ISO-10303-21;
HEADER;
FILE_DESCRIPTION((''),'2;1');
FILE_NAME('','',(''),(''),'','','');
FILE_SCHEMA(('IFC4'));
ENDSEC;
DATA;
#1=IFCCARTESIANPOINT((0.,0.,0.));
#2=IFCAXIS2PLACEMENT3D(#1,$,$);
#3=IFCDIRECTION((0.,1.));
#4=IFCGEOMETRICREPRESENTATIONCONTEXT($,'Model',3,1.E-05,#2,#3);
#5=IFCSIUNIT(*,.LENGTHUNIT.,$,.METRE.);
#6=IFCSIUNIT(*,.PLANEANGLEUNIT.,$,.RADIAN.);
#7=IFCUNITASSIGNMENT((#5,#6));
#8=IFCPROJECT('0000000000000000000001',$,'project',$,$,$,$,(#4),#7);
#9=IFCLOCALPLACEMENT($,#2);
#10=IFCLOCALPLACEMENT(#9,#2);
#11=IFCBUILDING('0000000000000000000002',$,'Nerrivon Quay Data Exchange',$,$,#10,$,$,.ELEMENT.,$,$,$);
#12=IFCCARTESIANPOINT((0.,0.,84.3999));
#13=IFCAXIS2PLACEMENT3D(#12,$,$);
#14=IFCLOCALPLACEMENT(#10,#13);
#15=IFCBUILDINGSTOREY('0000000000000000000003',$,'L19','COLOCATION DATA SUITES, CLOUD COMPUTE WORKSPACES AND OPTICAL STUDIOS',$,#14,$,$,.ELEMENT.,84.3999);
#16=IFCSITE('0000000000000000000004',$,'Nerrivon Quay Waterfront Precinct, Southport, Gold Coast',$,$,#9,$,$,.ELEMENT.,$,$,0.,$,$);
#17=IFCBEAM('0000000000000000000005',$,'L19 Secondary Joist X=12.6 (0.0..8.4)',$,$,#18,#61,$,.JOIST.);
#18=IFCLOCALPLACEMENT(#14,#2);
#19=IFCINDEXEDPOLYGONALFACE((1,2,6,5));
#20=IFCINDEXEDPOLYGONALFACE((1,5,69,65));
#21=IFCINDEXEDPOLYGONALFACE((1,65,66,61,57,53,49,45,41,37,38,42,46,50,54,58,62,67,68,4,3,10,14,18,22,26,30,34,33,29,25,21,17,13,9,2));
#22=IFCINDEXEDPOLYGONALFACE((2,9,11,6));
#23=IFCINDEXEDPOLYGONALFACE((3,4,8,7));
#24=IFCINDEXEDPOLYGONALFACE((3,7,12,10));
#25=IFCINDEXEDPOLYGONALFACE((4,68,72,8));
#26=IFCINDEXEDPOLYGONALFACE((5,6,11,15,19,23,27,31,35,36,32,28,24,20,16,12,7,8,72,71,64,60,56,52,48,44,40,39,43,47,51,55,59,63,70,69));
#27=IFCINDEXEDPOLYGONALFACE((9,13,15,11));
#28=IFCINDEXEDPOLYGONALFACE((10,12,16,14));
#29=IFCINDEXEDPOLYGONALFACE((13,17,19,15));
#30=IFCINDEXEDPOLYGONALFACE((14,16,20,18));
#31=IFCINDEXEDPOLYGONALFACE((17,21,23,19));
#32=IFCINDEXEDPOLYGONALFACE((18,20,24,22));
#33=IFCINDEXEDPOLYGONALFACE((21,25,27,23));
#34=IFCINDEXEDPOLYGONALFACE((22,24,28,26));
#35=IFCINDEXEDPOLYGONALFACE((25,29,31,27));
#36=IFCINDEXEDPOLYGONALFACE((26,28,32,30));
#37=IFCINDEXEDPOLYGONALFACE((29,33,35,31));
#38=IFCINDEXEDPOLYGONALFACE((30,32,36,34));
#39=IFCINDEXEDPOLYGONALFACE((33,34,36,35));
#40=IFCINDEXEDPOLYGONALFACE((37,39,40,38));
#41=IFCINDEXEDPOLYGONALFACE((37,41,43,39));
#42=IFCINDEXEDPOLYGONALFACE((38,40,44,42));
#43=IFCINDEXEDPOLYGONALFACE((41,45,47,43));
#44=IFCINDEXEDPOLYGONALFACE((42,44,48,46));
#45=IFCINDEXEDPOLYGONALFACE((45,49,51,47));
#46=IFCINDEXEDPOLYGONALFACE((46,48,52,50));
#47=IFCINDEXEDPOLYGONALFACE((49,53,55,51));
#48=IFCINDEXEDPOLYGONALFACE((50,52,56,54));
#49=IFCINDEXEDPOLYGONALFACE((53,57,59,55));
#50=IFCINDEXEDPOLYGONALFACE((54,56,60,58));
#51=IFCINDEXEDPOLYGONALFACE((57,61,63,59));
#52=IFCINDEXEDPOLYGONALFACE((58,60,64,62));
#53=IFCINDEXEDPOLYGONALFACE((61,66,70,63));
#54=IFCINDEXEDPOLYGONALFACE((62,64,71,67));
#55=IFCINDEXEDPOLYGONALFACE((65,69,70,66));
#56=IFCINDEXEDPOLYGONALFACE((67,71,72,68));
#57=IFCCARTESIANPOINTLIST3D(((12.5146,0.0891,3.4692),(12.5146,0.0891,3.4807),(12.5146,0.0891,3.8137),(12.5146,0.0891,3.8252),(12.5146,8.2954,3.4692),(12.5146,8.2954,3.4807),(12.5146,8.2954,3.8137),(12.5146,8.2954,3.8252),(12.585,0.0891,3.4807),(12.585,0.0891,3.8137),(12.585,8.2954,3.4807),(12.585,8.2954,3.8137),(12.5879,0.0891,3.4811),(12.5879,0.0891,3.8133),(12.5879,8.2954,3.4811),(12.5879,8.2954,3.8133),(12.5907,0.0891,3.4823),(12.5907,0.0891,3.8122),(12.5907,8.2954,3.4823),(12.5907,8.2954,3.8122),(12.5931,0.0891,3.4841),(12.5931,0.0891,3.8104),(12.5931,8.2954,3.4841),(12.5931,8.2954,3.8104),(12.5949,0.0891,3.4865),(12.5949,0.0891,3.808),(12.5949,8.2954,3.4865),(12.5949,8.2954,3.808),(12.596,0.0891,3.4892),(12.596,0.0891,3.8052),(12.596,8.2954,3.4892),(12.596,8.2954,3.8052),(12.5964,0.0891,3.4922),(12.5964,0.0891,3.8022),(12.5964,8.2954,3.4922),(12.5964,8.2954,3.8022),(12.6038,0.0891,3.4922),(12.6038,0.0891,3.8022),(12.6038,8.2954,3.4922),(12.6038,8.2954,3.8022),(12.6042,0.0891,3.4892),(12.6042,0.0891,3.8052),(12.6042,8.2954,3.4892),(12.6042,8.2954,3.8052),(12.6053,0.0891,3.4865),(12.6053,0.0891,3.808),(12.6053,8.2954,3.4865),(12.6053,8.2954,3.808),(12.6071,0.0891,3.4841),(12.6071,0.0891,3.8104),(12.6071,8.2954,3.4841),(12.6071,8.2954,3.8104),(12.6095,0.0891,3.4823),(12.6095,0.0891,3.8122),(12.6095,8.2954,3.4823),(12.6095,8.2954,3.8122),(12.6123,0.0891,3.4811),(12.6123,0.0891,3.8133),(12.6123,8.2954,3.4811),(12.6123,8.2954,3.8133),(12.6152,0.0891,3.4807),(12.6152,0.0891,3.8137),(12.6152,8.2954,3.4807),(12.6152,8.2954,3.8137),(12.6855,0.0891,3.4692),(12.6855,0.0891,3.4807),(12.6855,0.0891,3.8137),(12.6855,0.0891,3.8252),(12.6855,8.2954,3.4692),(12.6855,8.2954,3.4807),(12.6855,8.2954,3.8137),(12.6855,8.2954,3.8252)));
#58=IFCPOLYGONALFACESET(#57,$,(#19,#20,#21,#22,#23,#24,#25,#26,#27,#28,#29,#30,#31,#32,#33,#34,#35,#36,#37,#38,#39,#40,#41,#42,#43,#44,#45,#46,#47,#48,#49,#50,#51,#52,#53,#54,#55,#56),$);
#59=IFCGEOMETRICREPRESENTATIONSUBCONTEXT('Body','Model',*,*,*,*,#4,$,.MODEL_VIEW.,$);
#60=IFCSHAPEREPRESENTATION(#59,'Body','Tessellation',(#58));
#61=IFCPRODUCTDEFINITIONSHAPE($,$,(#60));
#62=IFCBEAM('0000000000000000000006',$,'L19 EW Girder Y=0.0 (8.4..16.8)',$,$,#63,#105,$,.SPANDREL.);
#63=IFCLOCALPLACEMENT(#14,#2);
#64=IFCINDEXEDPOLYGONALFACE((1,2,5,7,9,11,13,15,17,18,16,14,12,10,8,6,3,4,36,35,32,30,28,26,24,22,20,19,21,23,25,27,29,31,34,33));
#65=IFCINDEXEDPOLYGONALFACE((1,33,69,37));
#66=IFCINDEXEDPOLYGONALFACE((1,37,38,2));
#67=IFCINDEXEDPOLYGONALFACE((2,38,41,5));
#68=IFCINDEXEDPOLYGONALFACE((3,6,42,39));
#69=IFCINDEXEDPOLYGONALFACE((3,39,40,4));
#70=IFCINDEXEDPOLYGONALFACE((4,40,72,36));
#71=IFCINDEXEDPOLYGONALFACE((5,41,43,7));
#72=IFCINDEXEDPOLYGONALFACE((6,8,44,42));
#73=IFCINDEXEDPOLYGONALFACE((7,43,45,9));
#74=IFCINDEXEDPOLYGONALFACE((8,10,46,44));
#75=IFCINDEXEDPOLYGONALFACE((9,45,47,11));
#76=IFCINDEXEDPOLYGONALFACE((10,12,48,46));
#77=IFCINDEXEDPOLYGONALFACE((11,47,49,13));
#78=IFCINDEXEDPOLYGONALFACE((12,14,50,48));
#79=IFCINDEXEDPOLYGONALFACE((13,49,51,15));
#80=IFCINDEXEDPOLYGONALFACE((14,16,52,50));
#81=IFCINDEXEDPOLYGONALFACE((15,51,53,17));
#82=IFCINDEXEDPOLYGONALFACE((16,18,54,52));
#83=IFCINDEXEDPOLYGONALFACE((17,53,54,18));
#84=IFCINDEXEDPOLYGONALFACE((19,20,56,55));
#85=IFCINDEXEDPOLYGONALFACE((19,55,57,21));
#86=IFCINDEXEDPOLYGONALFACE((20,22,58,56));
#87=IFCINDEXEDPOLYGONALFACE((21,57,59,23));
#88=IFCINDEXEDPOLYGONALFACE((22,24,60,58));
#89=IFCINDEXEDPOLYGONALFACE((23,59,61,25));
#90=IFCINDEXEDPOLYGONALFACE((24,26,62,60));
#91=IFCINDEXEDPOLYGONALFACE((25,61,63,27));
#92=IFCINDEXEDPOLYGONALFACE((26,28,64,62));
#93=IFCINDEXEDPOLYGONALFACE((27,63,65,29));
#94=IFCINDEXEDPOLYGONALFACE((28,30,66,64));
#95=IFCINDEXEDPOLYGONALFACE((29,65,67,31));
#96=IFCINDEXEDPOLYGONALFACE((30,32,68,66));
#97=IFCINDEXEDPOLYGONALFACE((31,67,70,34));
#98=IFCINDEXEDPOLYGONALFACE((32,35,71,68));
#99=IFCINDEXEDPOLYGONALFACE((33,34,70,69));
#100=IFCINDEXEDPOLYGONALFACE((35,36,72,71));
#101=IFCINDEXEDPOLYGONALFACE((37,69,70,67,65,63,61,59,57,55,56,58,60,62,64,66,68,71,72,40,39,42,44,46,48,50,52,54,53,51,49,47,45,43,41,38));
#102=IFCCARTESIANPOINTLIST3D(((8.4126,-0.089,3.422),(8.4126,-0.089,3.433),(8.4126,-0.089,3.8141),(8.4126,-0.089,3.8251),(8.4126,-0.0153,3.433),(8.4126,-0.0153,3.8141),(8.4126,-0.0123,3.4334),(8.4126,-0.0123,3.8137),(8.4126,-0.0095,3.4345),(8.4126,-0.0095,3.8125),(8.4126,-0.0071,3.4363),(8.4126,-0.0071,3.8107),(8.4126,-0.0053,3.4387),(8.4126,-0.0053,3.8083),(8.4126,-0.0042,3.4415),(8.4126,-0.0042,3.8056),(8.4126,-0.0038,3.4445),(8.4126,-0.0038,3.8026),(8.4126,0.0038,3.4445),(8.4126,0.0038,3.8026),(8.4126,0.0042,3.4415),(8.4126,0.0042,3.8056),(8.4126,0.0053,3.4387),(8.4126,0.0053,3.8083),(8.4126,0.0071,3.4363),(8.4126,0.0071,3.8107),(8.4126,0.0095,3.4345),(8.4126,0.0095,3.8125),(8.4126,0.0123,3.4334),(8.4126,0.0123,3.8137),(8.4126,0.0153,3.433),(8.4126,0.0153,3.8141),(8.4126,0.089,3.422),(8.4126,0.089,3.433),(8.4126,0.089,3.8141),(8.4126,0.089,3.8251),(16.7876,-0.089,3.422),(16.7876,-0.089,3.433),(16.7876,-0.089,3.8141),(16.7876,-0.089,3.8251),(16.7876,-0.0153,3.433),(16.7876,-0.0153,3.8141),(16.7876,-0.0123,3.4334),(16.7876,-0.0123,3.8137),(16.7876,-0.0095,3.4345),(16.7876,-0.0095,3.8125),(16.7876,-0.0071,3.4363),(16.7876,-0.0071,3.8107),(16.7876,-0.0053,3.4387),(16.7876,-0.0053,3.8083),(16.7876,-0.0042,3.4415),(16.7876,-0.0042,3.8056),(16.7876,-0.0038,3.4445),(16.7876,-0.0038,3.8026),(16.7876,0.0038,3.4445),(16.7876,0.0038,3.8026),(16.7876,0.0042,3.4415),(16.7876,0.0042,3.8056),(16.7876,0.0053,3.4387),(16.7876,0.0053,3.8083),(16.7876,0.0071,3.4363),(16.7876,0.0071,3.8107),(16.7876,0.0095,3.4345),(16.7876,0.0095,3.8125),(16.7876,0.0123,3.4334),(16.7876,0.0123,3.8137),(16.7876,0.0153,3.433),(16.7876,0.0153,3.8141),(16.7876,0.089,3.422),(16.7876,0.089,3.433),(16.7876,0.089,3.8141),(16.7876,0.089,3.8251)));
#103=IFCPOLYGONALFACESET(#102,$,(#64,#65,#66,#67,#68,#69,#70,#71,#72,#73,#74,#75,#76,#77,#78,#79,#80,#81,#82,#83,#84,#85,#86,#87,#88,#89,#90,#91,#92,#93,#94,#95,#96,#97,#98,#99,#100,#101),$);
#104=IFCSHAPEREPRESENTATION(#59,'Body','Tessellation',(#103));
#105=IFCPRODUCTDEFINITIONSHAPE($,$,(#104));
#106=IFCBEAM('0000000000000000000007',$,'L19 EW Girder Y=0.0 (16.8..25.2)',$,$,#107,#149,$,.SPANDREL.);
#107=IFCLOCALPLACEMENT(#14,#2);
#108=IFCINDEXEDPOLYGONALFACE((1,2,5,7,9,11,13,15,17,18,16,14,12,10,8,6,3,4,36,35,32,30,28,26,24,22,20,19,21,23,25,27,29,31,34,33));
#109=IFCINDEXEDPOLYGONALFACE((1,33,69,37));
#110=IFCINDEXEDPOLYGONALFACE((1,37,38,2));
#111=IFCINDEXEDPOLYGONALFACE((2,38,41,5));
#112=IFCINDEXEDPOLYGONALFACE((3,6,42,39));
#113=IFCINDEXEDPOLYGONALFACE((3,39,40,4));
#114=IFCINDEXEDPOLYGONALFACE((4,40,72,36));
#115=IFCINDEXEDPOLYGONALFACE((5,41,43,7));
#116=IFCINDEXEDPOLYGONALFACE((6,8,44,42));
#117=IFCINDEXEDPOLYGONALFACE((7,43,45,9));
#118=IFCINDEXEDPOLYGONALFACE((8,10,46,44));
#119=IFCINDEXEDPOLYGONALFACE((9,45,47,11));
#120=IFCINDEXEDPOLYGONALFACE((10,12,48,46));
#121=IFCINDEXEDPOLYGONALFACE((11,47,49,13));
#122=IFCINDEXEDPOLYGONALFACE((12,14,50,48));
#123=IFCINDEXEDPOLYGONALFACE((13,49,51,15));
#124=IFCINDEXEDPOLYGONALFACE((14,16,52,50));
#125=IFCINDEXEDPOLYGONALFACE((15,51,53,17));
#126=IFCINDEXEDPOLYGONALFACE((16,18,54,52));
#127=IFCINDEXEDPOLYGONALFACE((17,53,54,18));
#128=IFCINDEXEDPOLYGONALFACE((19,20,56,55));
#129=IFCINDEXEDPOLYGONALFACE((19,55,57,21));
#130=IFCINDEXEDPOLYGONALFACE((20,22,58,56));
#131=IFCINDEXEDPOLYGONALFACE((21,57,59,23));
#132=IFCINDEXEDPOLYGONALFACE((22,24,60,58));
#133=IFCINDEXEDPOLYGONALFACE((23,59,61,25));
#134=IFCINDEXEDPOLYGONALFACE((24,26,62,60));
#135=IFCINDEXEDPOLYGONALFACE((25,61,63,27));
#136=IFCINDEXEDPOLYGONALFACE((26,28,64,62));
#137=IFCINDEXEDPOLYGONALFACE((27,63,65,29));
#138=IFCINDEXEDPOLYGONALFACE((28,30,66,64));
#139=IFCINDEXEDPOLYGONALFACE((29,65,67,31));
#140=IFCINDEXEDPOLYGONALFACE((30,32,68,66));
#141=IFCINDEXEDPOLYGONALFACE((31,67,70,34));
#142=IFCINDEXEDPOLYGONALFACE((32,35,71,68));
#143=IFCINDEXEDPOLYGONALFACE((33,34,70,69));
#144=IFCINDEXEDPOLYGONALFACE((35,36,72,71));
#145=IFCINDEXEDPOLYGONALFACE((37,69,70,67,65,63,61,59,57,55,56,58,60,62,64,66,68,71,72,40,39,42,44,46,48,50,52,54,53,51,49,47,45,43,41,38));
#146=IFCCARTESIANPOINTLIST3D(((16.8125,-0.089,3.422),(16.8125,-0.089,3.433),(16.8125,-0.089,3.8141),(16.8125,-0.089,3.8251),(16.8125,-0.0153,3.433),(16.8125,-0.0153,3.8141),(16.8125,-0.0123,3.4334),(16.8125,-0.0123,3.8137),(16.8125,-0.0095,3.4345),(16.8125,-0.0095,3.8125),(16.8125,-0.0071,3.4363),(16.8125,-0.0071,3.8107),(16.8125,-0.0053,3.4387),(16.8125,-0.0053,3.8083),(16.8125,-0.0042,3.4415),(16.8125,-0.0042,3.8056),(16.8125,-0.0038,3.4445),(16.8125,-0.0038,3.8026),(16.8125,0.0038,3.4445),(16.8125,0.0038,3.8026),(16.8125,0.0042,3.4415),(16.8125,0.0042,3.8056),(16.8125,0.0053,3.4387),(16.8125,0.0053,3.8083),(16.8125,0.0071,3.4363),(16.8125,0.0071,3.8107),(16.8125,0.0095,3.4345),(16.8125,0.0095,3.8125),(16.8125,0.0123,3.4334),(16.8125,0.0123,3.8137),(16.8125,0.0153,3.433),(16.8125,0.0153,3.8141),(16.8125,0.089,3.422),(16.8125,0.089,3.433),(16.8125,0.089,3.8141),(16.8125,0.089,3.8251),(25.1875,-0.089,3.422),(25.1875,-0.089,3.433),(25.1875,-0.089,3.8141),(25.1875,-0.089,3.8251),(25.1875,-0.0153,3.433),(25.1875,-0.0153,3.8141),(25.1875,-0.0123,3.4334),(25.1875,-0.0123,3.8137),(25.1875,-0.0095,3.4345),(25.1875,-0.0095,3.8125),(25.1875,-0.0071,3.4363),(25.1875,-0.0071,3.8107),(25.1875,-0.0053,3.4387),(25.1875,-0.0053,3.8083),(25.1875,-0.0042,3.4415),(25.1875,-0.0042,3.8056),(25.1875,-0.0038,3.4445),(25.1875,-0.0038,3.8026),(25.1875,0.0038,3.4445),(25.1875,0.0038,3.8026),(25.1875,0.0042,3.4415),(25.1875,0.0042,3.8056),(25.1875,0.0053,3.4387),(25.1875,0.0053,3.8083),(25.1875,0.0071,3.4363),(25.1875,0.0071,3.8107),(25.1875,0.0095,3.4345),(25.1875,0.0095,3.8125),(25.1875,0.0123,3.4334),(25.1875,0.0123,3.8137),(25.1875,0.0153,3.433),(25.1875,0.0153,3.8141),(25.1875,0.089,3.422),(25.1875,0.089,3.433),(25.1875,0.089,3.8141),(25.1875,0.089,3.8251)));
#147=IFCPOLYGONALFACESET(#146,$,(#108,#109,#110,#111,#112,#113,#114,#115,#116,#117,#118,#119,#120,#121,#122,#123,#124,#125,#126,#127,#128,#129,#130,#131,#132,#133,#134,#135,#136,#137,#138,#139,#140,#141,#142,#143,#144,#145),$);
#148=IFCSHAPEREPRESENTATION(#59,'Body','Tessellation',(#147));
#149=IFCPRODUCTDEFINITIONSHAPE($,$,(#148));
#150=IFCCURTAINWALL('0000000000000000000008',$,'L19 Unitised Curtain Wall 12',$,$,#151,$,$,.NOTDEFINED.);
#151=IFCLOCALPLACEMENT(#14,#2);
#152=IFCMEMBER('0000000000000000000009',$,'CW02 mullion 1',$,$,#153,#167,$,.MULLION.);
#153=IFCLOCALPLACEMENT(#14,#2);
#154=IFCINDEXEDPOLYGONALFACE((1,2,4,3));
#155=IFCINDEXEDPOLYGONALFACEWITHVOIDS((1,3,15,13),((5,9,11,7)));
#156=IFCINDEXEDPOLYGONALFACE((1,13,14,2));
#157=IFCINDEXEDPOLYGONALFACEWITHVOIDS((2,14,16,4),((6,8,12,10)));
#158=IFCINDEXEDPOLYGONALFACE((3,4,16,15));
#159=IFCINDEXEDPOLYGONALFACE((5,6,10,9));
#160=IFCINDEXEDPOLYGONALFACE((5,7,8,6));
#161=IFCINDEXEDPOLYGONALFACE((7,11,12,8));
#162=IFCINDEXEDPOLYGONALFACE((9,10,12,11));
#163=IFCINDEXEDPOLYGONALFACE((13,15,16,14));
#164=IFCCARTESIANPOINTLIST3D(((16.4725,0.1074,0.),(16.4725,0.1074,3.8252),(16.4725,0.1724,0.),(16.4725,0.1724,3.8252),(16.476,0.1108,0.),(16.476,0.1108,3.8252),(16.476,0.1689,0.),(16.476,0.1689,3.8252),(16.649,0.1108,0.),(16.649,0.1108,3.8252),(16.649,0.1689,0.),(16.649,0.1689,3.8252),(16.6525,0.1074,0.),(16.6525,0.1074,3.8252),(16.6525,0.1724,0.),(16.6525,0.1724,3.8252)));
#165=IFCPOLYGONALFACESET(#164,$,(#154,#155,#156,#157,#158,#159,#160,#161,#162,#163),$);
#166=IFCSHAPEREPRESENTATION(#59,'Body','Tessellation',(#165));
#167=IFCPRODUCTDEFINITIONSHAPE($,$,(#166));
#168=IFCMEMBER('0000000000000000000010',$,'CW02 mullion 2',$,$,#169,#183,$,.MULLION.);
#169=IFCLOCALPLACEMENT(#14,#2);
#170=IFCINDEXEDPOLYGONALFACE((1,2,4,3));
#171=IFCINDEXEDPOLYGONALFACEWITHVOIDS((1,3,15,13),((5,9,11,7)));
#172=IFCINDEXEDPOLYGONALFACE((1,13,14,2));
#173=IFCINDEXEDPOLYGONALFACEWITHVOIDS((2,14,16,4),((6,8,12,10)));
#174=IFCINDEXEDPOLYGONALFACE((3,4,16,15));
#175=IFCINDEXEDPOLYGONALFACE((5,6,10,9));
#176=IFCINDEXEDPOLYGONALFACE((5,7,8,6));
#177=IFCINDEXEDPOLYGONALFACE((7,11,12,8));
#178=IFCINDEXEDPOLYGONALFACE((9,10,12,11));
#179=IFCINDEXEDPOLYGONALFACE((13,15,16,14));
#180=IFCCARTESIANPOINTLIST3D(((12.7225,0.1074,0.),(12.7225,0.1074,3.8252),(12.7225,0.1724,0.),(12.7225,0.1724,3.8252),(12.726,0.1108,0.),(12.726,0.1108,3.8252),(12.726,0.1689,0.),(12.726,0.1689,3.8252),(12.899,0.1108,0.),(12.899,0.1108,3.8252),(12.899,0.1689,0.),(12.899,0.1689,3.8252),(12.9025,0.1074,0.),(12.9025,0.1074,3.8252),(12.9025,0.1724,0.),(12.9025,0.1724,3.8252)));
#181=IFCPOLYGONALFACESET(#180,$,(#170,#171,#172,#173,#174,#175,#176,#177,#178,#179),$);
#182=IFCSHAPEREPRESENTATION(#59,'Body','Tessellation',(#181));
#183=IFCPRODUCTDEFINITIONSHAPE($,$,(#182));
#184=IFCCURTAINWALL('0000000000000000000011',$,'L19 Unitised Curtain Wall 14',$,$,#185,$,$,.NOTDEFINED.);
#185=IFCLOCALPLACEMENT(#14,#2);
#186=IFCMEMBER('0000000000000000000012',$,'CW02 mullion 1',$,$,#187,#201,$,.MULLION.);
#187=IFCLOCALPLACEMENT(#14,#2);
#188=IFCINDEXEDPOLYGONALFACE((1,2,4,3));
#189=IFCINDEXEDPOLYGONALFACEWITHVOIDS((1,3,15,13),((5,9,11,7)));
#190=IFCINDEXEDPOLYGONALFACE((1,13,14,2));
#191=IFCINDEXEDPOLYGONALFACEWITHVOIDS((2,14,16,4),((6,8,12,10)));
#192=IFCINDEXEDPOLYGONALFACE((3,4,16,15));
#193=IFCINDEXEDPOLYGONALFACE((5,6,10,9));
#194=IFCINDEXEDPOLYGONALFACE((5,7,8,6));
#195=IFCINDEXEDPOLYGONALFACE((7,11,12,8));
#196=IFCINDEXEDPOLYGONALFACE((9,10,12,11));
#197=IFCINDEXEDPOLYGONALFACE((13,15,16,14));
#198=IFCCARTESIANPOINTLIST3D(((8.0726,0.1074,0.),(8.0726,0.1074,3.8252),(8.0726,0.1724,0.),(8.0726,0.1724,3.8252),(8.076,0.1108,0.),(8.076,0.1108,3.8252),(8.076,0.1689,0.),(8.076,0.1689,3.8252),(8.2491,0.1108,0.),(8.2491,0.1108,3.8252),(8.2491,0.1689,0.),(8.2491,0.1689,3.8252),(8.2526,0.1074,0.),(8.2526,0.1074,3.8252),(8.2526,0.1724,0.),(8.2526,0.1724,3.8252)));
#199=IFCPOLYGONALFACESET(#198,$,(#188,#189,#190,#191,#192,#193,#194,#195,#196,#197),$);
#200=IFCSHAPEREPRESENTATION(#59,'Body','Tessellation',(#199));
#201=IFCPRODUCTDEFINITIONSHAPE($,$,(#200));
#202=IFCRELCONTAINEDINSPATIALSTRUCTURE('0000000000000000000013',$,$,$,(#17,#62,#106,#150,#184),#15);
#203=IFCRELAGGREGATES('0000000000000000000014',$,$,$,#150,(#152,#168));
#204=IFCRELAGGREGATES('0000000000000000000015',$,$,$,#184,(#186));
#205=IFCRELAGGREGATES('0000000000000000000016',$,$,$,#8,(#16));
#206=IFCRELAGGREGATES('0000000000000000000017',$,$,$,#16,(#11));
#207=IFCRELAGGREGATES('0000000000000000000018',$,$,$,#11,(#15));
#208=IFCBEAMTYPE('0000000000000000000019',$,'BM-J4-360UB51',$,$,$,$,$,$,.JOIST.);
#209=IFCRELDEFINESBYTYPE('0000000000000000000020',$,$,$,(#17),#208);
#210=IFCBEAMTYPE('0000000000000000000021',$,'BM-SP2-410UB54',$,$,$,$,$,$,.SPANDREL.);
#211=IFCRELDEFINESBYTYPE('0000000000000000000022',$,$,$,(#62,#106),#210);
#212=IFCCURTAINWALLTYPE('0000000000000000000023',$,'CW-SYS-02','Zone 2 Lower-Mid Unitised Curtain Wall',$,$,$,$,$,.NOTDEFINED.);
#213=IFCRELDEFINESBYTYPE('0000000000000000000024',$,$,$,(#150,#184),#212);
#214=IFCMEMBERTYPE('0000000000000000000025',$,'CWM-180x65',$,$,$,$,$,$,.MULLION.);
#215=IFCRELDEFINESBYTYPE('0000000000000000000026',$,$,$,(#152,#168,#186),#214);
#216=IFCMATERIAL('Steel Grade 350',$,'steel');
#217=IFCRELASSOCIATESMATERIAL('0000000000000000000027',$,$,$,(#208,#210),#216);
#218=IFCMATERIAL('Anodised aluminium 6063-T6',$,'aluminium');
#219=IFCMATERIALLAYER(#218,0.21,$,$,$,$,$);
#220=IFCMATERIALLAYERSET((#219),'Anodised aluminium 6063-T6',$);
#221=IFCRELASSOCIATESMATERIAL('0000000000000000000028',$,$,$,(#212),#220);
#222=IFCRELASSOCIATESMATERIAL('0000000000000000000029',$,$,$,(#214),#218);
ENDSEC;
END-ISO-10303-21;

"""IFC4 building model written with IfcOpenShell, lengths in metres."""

from ifc_helpers import new_model, si_unit, direction, frame, origin, origin_2d, place, context, subcontext, project, spatial, hollow_rectangle, i_section, extrude, material, layer, layer_set, material_profile, profile_set, type_object, element, aggregate, save


model = new_model("IFC4")

# Units and contexts
model_context = context("Model", 3, precision=1e-05, world=origin(), true_north=direction((0.0, 1.0)))
body_context = subcontext(model_context, "Body", "Model", "MODEL_VIEW")
ifc_project = project(units=[si_unit("LENGTHUNIT", "METRE"), si_unit("PLANEANGLEUNIT", "RADIAN")], contexts=[model_context])

# Site, building, storey
site_placement = place(None, origin())
site = spatial("IfcSite", under=ifc_project, at=site_placement, Name="Nerrivon Quay Waterfront Precinct, Southport, Gold Coast", CompositionType="ELEMENT", RefElevation=0.0)
building_placement = place(site_placement, origin())
building = spatial("IfcBuilding", under=site, at=building_placement, Name="Nerrivon Quay Data Exchange", CompositionType="ELEMENT")
storey_placement = place(building_placement, frame((0.0, 0.0, 84.3999)))
storey = spatial("IfcBuildingStorey", under=building, at=storey_placement, Name="L19", Description="COLOCATION DATA SUITES, CLOUD COMPUTE WORKSPACES AND OPTICAL STUDIOS", CompositionType="ELEMENT", Elevation=84.3999)

# Shared definitions
ifc_material_1 = material(Name="Steel Grade 350", Category="steel")

# Beams
ifc_material_profile_1 = material_profile(ifc_material_1, i_section(OverallWidth=0.1709, OverallDepth=0.356, WebThickness=0.0073, FlangeThickness=0.0115, FilletRadius=0.0115, at=origin_2d()), Name="360UB50.7")
ifc_profile_set_1 = profile_set([ifc_material_profile_1], Name="Steel Grade 350")
beam_type_1 = type_object("IfcBeamType", Name="BM-J4-360UB51", PredefinedType="JOIST", material=ifc_profile_set_1)
beam_1_placement = place(storey_placement, frame((12.6001, 0.0891, 3.6472), z_axis=(0.0, 1.0, 0.0), x_axis=(-1.0, 0.0, 0.0)))
element("IfcBeam", 1, at=beam_1_placement, inside=storey, type_object=beam_type_1, Name="L19 Secondary Joist X=12.6 (0.0..8.4)", PredefinedType="JOIST", context=body_context, shape_type="SweptSolid", body=[
    extrude(i_section(OverallWidth=0.1709, OverallDepth=0.356, WebThickness=0.0073, FlangeThickness=0.0115, FilletRadius=0.0115, at=origin_2d()), origin(), (0.0, 0.0, 1.0), 8.2063),
])
ifc_material_profile_2 = material_profile(ifc_material_1, i_section(OverallWidth=0.178, OverallDepth=0.4031, WebThickness=0.0076, FlangeThickness=0.011, FilletRadius=0.0115, at=origin_2d()), Name="410UB53.7")
ifc_profile_set_2 = profile_set([ifc_material_profile_2], Name="Steel Grade 350")
beam_type_2 = type_object("IfcBeamType", Name="BM-SP2-410UB54", PredefinedType="SPANDREL", material=ifc_profile_set_2)
for number, where, z_axis, x_axis, name in (
    (2, (8.4126, 0.0, 3.6235), (1.0, 0.0, 0.0), (0.0, 1.0, 0.0), "L19 EW Girder Y=0.0 (8.4..16.8)"),
    (3, (16.8125, 0.0, 3.6235), (1.0, 0.0, 0.0), (0.0, 1.0, 0.0), "L19 EW Girder Y=0.0 (16.8..25.2)"),
):
    element("IfcBeam", number, at=place(storey_placement, frame(where, z_axis=z_axis, x_axis=x_axis)), inside=storey, type_object=beam_type_2, Name=name, PredefinedType="SPANDREL", context=body_context, shape_type="SweptSolid", body=[
        extrude(i_section(OverallWidth=0.178, OverallDepth=0.4031, WebThickness=0.0076, FlangeThickness=0.011, FilletRadius=0.0115, at=origin_2d()), origin(), (0.0, 0.0, 1.0), 8.375),
    ])

# Curtain wall, members
ifc_material_2 = material(Name="Anodised aluminium 6063-T6", Category="aluminium")
ifc_layer_1 = layer(ifc_material_2, 0.21)
ifc_layer_set_1 = layer_set([ifc_layer_1], Name="Anodised aluminium 6063-T6")
curtain_wall_type = type_object("IfcCurtainWallType", Name="CW-SYS-02", Description="Zone 2 Lower-Mid Unitised Curtain Wall", PredefinedType="NOTDEFINED", material=ifc_layer_set_1)
curtain_wall_1_placement = place(storey_placement, origin())
curtain_wall_1 = element("IfcCurtainWall", 4, at=curtain_wall_1_placement, inside=storey, type_object=curtain_wall_type, Name="L19 Unitised Curtain Wall 12", PredefinedType="NOTDEFINED")
ifc_material_profile_3 = material_profile(ifc_material_2, hollow_rectangle(XDim=0.0649, YDim=0.1799, WallThickness=0.0034, at=origin_2d()), Name="ALU-MULL-180x65")
ifc_profile_set_3 = profile_set([ifc_material_profile_3], Name="Anodised aluminium 6063-T6")
member_type_1 = type_object("IfcMemberType", Name="CWM-180x65", PredefinedType="MULLION", material=ifc_profile_set_3)
member_1_placement = place(storey_placement, frame((16.5625, 0.1399, 0.0), z_axis=(0.0, 0.0, 1.0), x_axis=(0.0, -1.0, 0.0)))
member_1 = element("IfcMember", 5, at=member_1_placement, type_object=member_type_1, Name="CW02 mullion 1", PredefinedType="MULLION", context=body_context, shape_type="SweptSolid", body=[
    extrude(hollow_rectangle(XDim=0.0649, YDim=0.1799, WallThickness=0.0034, at=origin_2d()), origin(), (0.0, 0.0, 1.0), 3.8252),
])
member_2_placement = place(storey_placement, frame((12.8125, 0.1399, 0.0), z_axis=(0.0, 0.0, 1.0), x_axis=(0.0, -1.0, 0.0)))
member_2 = element("IfcMember", 6, at=member_2_placement, type_object=member_type_1, Name="CW02 mullion 2", PredefinedType="MULLION", context=body_context, shape_type="SweptSolid", body=[
    extrude(hollow_rectangle(XDim=0.0649, YDim=0.1799, WallThickness=0.0034, at=origin_2d()), origin(), (0.0, 0.0, 1.0), 3.8252),
])

# Curtain wall, member
curtain_wall_2_placement = place(storey_placement, origin())
curtain_wall_2 = element("IfcCurtainWall", 7, at=curtain_wall_2_placement, inside=storey, type_object=curtain_wall_type, Name="L19 Unitised Curtain Wall 14", PredefinedType="NOTDEFINED")
member_3_placement = place(storey_placement, frame((8.1626, 0.1399, 0.0), z_axis=(0.0, 0.0, 1.0), x_axis=(0.0, -1.0, 0.0)))
member_3 = element("IfcMember", 8, at=member_3_placement, type_object=member_type_1, Name="CW02 mullion 1", PredefinedType="MULLION", context=body_context, shape_type="SweptSolid", body=[
    extrude(hollow_rectangle(XDim=0.0649, YDim=0.1799, WallThickness=0.0034, at=origin_2d()), origin(), (0.0, 0.0, 1.0), 3.8252),
])

aggregate(curtain_wall_1, [member_1, member_2])
aggregate(curtain_wall_2, [member_3])

save(model, "model.ifc")
